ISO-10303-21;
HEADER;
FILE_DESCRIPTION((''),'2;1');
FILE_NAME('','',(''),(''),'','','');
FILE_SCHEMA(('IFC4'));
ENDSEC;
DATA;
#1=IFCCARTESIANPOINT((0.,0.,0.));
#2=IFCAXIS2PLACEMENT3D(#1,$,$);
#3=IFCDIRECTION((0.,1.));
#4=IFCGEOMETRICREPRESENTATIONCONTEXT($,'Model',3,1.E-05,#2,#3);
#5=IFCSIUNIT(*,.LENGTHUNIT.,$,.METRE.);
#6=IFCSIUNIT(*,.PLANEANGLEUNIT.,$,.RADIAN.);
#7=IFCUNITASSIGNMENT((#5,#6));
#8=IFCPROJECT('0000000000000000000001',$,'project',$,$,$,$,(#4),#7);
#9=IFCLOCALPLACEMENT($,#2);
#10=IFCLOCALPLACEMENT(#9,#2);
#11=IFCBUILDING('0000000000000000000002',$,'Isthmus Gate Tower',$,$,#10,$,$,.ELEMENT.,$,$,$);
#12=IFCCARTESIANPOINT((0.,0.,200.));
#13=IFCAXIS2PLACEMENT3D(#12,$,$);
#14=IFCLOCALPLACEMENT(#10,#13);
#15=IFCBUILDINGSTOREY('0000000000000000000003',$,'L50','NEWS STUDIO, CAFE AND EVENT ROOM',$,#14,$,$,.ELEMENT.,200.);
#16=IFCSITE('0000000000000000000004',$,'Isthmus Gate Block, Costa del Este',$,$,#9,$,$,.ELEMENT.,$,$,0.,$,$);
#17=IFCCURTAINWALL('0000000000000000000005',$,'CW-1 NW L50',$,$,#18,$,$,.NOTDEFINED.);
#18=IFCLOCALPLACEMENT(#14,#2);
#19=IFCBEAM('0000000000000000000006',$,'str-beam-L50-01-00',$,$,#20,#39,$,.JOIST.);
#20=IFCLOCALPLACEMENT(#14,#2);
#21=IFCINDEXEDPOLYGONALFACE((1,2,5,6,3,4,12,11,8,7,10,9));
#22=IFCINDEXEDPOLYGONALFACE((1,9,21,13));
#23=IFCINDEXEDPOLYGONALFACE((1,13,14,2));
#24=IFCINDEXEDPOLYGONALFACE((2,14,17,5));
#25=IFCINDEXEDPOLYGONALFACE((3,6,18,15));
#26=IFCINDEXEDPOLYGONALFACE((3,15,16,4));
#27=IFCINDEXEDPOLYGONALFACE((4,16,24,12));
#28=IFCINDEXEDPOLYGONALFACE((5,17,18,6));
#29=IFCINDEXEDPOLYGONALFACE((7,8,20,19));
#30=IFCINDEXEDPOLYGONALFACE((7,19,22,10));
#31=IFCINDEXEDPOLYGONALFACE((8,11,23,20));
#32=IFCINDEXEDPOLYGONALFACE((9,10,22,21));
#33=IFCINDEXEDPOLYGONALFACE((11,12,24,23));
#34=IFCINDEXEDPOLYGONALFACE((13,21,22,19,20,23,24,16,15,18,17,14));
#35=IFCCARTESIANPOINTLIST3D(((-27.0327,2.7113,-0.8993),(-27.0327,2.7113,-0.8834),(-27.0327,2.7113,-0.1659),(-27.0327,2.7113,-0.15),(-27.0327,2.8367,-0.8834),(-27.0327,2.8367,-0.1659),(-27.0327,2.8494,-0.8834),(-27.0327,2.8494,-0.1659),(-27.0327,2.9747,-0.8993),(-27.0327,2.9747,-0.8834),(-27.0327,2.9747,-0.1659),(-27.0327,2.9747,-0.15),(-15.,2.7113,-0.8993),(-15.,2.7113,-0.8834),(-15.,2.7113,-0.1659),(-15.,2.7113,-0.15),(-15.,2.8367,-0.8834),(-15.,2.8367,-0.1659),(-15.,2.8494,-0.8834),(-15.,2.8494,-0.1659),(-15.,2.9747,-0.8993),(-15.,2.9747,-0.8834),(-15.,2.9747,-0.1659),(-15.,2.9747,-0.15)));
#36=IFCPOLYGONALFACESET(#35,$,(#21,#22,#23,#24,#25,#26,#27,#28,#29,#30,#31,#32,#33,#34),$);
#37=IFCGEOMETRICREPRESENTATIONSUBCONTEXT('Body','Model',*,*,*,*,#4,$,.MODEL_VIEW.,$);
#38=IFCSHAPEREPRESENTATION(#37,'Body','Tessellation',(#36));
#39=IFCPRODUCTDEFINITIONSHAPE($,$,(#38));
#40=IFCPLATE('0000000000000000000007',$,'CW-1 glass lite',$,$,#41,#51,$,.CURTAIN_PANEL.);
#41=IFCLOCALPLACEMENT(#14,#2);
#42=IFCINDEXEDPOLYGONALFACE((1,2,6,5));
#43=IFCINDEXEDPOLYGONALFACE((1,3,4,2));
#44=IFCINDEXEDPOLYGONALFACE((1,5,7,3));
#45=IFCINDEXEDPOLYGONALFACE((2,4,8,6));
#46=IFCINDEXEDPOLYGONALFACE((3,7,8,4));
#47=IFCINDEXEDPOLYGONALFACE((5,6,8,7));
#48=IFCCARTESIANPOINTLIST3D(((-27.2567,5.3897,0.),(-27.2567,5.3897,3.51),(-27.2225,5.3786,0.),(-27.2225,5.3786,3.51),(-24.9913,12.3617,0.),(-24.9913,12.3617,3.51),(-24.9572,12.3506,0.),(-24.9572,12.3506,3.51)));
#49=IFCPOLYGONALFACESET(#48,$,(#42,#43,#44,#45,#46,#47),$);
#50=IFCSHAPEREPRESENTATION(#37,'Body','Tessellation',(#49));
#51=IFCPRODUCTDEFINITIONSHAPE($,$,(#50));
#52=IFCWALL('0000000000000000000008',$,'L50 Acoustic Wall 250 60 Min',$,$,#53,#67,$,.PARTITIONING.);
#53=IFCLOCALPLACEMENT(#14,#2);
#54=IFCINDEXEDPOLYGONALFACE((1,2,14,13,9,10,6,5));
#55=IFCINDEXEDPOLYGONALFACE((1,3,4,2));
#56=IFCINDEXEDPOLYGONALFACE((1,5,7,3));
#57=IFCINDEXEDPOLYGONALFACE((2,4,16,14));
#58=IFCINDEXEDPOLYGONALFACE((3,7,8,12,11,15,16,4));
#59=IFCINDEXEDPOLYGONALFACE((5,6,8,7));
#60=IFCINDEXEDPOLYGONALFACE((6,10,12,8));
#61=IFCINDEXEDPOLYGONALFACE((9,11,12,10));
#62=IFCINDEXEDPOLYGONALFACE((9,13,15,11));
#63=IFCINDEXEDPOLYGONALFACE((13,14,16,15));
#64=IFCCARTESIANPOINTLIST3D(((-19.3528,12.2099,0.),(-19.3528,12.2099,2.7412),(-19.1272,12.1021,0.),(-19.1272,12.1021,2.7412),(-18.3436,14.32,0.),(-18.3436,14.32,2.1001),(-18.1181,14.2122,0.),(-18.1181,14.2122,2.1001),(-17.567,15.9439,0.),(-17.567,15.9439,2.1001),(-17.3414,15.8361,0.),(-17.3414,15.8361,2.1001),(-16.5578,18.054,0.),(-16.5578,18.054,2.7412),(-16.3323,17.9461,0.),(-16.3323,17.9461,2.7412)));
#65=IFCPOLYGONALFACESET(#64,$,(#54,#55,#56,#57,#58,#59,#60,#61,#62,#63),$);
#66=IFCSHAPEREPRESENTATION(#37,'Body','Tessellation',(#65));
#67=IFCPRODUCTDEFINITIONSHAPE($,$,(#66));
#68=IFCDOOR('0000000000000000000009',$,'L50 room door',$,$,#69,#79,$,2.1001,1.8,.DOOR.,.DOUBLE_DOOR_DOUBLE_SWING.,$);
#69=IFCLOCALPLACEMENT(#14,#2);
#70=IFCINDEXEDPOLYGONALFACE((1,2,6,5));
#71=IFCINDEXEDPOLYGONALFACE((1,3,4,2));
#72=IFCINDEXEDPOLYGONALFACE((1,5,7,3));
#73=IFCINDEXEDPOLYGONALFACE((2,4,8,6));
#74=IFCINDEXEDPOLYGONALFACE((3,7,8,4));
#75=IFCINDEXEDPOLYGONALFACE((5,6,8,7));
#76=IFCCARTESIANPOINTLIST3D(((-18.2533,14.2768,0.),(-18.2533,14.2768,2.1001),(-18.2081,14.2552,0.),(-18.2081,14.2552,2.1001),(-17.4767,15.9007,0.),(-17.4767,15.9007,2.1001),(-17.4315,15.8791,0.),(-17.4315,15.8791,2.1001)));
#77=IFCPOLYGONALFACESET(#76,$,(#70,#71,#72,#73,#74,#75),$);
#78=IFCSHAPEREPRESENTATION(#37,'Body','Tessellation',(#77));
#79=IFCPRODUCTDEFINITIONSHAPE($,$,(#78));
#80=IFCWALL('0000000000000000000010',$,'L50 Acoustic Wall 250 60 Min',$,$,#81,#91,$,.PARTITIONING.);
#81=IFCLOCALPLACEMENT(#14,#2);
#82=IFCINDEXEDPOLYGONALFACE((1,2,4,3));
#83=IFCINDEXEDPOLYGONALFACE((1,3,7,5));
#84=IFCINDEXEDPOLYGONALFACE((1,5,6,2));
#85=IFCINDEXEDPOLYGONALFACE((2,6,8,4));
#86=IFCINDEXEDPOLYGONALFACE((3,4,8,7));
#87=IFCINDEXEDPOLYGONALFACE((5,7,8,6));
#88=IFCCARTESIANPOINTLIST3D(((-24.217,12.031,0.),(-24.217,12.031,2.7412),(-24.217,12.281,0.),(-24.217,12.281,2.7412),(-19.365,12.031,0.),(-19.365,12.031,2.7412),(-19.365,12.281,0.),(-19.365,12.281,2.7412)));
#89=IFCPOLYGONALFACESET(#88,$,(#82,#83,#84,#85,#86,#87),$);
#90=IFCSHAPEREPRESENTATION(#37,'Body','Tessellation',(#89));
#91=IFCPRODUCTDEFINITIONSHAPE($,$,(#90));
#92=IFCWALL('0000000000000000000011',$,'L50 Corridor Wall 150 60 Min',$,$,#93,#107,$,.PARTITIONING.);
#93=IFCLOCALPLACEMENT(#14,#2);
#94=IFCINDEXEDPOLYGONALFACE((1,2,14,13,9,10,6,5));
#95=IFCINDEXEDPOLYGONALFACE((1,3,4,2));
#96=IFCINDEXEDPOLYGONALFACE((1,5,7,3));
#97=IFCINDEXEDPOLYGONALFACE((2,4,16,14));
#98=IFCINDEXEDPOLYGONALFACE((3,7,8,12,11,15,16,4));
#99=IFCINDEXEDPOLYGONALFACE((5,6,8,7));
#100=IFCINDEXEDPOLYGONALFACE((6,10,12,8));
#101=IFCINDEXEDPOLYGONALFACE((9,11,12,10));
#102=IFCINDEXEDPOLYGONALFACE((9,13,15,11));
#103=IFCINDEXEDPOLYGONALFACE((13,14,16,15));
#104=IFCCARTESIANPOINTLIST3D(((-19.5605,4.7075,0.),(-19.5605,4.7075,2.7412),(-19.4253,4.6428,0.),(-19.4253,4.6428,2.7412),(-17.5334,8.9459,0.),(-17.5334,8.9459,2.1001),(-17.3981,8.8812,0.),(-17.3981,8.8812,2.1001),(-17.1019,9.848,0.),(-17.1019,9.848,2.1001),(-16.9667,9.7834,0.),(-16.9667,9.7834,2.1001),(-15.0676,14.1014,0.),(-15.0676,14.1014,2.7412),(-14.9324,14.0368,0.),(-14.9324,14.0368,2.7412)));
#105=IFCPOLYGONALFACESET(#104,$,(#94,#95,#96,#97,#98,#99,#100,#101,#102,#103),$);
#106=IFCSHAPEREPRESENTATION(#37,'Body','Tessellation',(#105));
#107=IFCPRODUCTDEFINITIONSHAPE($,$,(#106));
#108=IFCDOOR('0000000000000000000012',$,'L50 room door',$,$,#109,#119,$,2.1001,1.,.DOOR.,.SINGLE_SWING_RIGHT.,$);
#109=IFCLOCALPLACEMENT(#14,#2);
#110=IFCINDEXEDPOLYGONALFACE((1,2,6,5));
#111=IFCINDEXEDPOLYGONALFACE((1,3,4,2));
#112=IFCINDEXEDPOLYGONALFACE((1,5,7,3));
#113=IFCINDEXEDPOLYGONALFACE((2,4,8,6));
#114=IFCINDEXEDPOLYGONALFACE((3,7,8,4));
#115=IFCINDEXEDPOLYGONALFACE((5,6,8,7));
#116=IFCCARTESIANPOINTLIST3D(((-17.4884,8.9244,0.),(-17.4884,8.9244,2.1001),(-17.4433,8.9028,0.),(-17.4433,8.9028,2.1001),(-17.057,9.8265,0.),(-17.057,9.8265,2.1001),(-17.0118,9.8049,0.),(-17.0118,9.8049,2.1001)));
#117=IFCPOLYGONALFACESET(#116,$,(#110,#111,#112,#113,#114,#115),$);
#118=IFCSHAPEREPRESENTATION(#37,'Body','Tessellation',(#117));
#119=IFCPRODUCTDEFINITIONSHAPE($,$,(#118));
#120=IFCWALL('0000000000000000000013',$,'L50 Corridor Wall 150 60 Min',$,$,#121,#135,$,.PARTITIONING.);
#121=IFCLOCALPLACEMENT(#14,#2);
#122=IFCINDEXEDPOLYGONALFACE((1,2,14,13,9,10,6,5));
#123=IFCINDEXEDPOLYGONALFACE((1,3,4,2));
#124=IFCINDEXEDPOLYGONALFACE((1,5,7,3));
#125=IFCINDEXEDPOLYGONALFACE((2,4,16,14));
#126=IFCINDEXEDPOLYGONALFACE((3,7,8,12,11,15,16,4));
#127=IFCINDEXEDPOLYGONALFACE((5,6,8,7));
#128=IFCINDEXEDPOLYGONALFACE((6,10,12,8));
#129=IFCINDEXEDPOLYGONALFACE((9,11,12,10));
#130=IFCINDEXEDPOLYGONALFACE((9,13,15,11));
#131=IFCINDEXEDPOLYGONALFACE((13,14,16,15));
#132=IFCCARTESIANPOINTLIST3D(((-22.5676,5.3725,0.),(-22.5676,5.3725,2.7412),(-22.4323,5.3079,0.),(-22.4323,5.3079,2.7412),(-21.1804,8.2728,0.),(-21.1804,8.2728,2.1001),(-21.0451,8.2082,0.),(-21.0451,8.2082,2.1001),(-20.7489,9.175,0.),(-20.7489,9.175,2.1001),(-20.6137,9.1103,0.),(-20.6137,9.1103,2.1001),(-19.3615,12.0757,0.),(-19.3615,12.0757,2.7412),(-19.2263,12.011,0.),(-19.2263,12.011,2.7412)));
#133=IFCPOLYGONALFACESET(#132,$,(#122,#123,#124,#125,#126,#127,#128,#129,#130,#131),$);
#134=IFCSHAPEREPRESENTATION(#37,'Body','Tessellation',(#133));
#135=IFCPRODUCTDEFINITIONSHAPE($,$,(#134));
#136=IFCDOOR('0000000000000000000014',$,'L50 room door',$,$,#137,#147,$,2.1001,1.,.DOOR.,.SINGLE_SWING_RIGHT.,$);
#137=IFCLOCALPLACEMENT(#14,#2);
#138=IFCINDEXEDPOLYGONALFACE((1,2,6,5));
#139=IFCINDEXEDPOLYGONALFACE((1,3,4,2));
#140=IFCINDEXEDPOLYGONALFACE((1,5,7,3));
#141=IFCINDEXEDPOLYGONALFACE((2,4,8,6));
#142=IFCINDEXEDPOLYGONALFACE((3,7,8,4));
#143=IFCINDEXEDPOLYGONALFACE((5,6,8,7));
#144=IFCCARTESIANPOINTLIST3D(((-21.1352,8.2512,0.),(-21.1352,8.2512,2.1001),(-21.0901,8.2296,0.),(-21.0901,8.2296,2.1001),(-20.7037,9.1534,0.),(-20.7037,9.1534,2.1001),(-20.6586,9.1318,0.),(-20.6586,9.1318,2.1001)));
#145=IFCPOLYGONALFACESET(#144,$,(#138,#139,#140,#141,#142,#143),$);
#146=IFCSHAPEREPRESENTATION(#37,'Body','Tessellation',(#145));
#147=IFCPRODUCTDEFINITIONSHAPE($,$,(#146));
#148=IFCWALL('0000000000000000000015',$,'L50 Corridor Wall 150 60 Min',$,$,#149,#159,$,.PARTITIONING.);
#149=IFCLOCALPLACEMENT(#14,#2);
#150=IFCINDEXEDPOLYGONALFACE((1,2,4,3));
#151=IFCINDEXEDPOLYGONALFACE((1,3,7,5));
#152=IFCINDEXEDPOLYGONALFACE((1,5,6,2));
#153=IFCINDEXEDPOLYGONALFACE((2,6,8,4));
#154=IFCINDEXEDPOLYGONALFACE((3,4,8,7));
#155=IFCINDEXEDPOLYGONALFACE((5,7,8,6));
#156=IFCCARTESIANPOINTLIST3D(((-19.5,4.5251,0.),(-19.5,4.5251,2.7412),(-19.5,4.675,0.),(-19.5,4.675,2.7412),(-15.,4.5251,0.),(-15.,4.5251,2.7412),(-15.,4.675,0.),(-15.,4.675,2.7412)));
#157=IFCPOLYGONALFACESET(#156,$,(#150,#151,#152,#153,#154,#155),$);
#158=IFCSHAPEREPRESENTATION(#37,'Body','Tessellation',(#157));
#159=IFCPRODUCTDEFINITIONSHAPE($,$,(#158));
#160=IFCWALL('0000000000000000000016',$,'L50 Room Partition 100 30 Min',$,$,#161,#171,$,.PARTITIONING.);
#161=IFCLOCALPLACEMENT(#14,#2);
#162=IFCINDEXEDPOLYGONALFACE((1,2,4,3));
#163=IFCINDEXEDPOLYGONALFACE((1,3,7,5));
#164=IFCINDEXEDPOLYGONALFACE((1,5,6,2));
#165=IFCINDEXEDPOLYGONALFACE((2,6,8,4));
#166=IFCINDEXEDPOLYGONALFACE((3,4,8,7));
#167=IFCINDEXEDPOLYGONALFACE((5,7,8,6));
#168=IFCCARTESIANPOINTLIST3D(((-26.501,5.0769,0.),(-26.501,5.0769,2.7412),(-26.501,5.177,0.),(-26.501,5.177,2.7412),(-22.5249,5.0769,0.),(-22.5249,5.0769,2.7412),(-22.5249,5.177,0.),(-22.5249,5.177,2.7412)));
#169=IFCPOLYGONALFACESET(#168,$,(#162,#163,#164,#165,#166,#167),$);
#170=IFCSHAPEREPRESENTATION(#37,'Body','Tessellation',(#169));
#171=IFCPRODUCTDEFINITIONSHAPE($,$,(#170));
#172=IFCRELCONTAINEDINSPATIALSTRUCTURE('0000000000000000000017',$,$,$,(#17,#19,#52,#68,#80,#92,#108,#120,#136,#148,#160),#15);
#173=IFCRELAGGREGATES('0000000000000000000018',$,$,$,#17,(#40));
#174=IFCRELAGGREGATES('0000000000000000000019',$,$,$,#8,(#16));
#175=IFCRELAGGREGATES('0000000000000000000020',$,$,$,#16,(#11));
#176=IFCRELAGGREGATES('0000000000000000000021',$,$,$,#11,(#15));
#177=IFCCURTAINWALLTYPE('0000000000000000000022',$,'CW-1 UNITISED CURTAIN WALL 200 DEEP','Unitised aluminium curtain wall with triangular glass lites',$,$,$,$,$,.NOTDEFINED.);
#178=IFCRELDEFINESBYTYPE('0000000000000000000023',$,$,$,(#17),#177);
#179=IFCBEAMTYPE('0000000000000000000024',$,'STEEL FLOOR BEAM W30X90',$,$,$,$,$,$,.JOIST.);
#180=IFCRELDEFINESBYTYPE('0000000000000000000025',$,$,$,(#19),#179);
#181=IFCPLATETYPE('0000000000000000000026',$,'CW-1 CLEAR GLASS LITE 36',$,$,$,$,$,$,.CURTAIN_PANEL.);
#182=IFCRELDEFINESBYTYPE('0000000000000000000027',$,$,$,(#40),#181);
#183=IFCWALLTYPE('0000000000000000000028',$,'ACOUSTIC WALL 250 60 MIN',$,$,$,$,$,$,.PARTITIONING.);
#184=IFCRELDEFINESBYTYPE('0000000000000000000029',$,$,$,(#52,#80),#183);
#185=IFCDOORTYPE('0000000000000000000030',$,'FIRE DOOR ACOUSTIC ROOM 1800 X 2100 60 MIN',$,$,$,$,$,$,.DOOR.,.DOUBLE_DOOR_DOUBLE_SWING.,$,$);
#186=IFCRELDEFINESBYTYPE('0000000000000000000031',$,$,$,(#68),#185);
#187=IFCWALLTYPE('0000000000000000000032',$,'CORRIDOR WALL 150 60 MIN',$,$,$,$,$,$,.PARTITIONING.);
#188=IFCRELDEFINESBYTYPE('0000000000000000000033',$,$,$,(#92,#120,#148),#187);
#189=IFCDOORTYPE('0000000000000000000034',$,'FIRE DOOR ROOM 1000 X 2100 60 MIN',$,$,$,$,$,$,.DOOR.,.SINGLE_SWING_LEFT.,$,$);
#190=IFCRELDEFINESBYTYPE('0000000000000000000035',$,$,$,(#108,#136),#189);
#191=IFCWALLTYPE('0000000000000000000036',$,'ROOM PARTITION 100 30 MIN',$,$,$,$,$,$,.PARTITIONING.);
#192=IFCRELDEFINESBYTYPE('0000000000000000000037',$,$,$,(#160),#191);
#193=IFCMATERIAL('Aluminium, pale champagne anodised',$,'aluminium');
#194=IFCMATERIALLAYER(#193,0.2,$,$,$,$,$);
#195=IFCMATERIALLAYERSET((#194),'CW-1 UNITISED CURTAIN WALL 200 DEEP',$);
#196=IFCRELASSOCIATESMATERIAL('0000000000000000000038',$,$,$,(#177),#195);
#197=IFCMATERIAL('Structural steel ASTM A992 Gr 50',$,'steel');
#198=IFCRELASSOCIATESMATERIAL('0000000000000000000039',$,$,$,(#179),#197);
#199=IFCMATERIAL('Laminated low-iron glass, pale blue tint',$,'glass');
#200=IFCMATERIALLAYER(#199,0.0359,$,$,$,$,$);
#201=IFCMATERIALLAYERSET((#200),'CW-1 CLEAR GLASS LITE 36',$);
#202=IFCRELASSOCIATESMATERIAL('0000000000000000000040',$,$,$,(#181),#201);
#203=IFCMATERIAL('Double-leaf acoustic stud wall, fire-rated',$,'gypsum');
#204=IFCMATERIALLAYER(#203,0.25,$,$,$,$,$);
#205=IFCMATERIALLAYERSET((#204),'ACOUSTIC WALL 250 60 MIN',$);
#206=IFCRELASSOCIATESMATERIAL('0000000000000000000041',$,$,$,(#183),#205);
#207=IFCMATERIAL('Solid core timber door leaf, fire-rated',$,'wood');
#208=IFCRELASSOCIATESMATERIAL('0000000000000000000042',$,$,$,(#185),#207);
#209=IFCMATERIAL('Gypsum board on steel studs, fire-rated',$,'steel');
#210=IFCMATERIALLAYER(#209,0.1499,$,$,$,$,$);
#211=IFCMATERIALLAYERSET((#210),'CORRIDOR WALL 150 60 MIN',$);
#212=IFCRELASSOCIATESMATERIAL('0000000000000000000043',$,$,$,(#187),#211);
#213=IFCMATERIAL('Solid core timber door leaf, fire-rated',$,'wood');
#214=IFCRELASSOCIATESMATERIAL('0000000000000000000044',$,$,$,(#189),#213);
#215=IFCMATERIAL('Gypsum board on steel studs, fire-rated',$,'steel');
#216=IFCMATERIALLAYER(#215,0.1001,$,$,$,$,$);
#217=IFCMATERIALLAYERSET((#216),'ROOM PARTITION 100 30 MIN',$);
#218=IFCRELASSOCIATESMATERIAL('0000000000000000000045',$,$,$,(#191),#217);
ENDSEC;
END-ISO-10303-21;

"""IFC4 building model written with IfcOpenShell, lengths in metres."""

from ifc_helpers import new_model, si_unit, direction, frame, frame_2d, origin, origin_2d, place, context, subcontext, project, spatial, rectangle, i_section, extrude, material, layer, layer_set, material_profile, profile_set, type_object, element, fill, aggregate, save


model = new_model("IFC4")

# Units and contexts
model_context = context("Model", 3, precision=1e-05, world=origin(), true_north=direction((0.0, 1.0)))
body_context = subcontext(model_context, "Body", "Model", "MODEL_VIEW")
ifc_project = project(units=[si_unit("LENGTHUNIT", "METRE"), si_unit("PLANEANGLEUNIT", "RADIAN")], contexts=[model_context])

# Site, building, storey
site_placement = place(None, origin())
site = spatial("IfcSite", under=ifc_project, at=site_placement, Name="Isthmus Gate Block, Costa del Este", CompositionType="ELEMENT", RefElevation=0.0)
building_placement = place(site_placement, origin())
building = spatial("IfcBuilding", under=site, at=building_placement, Name="Isthmus Gate Tower", CompositionType="ELEMENT")
storey_placement = place(building_placement, frame((0.0, 0.0, 200.0)))
storey = spatial("IfcBuildingStorey", under=building, at=storey_placement, Name="L50", Description="NEWS STUDIO, CAFE AND EVENT ROOM", CompositionType="ELEMENT", Elevation=200.0)

# Curtain wall
ifc_material_1 = material(Name="Aluminium, pale champagne anodised", Category="aluminium")
ifc_layer_1 = layer(ifc_material_1, 0.2)
ifc_layer_set_1 = layer_set([ifc_layer_1], Name="CW-1 UNITISED CURTAIN WALL 200 DEEP")
curtain_wall_type = type_object("IfcCurtainWallType", Name="CW-1 UNITISED CURTAIN WALL 200 DEEP", Description="Unitised aluminium curtain wall with triangular glass lites", PredefinedType="NOTDEFINED", material=ifc_layer_set_1)
curtain_wall_placement = place(storey_placement, origin())
curtain_wall = element("IfcCurtainWall", 1, at=curtain_wall_placement, inside=storey, type_object=curtain_wall_type, Name="CW-1 NW L50", PredefinedType="NOTDEFINED")

# Beam
ifc_material_2 = material(Name="Structural steel ASTM A992 Gr 50", Category="steel")
ifc_material_profile_1 = material_profile(ifc_material_2, i_section(OverallWidth=0.2634, OverallDepth=0.7493, WebThickness=0.0127, FlangeThickness=0.0159, at=origin_2d()), Name="W30X90")
ifc_profile_set_1 = profile_set([ifc_material_profile_1], Name="Structural steel ASTM A992 Gr 50")
beam_type_1 = type_object("IfcBeamType", Name="STEEL FLOOR BEAM W30X90", PredefinedType="JOIST", material=ifc_profile_set_1)
beam_1_placement = place(storey_placement, frame((-27.0327, 2.843, -0.5247), z_axis=(1.0, 0.0, 0.0), x_axis=(0.0, 1.0, 0.0)))
element("IfcBeam", 2, at=beam_1_placement, inside=storey, type_object=beam_type_1, Name="str-beam-L50-01-00", PredefinedType="JOIST", context=body_context, shape_type="SweptSolid", body=[
    extrude(i_section(OverallWidth=0.2634, OverallDepth=0.7493, WebThickness=0.0127, FlangeThickness=0.0159, at=origin_2d()), origin(), (0.0, 0.0, 1.0), 12.0327),
])

# Plate
ifc_material_3 = material(Name="Laminated low-iron glass, pale blue tint", Category="glass")
ifc_layer_2 = layer(ifc_material_3, 0.0359)
ifc_layer_set_2 = layer_set([ifc_layer_2], Name="CW-1 CLEAR GLASS LITE 36")
plate_type = type_object("IfcPlateType", Name="CW-1 CLEAR GLASS LITE 36", PredefinedType="CURTAIN_PANEL", material=ifc_layer_set_2)
plate_placement = place(storey_placement, frame((-26.1069, 8.8701, 0.0), z_axis=(0.0, 0.0, 1.0), x_axis=(-0.309017, -0.951057, 0.0)))
plate = element("IfcPlate", 3, at=plate_placement, type_object=plate_type, Name="CW-1 glass lite", PredefinedType="CURTAIN_PANEL", context=body_context, shape_type="SweptSolid", body=[
    extrude(rectangle(XDim=7.3308, YDim=0.0359, at=origin_2d()), origin(), (0.0, 0.0, 1.0), 3.51),
])
aggregate(curtain_wall, [plate])

# Wall, opening, door
ifc_material_4 = material(Name="Double-leaf acoustic stud wall, fire-rated", Category="gypsum")
ifc_layer_3 = layer(ifc_material_4, 0.25)
ifc_layer_set_3 = layer_set([ifc_layer_3], Name="ACOUSTIC WALL 250 60 MIN")
wall_type_1 = type_object("IfcWallType", Name="ACOUSTIC WALL 250 60 MIN", PredefinedType="PARTITIONING", material=ifc_layer_set_3)
wall_1_placement = place(storey_placement, frame((-19.24, 12.156, 0.0), z_axis=(0.0, 0.0, 1.0), x_axis=(0.431451, 0.902136, 0.0)))
wall_1 = element("IfcWall", 4, at=wall_1_placement, inside=storey, type_object=wall_type_1, Name="L50 Acoustic Wall 250 60 Min", PredefinedType="PARTITIONING", context=body_context, shape_type="SweptSolid", body=[
    extrude(rectangle(XDim=6.478, YDim=0.25, at=frame_2d((3.239, 0.0))), origin(), (0.0, 0.0, 1.0), 2.7412),
])
opening_1_placement = place(wall_1_placement, frame((2.3391, 0.0, 0.0)))
opening_1 = element("IfcOpeningElement", 5, at=opening_1_placement, cuts=wall_1, PredefinedType="OPENING", context=body_context, shape_type="SweptSolid", body=[
    extrude(rectangle(XDim=1.8, YDim=2.1001, at=frame_2d((0.8999, 1.05))), frame((0.0, 0.135, 0.0), z_axis=(0.0, -1.0, 0.0), x_axis=(1.0, 0.0, 0.0)), (0.0, 0.0, 1.0), 0.27),
])
ifc_material_5 = material(Name="Solid core timber door leaf, fire-rated", Category="wood")
door_type_1 = type_object("IfcDoorType", Name="FIRE DOOR ACOUSTIC ROOM 1800 X 2100 60 MIN", OperationType="DOUBLE_DOOR_DOUBLE_SWING", PredefinedType="DOOR", material=ifc_material_5)
door_1_placement = place(opening_1_placement, origin())
door_1 = element("IfcDoor", 6, at=door_1_placement, inside=storey, type_object=door_type_1, Name="L50 room door", OperationType="DOUBLE_DOOR_DOUBLE_SWING", OverallHeight=2.1001, OverallWidth=1.8, PredefinedType="DOOR", context=body_context, shape_type="SweptSolid", body=[
    extrude(rectangle(XDim=1.8, YDim=2.1001, at=frame_2d((0.8999, 1.05))), frame((0.0, 0.0249, 0.0), z_axis=(0.0, -1.0, 0.0), x_axis=(1.0, 0.0, 0.0)), (0.0, 0.0, 1.0), 0.05),
])
fill(opening_1, door_1)

# Wall
wall_2_placement = place(storey_placement, frame((-24.217, 12.156, 0.0), z_axis=(0.0, 0.0, 1.0), x_axis=(1.0, 0.0, 0.0)))
element("IfcWall", 7, at=wall_2_placement, inside=storey, type_object=wall_type_1, Name="L50 Acoustic Wall 250 60 Min", PredefinedType="PARTITIONING", context=body_context, shape_type="SweptSolid", body=[
    extrude(rectangle(XDim=4.8521, YDim=0.25, at=frame_2d((2.426, 0.0))), origin(), (0.0, 0.0, 1.0), 2.7412),
])

# Walls, openings, doors
ifc_material_6 = material(Name="Gypsum board on steel studs, fire-rated", Category="steel")
ifc_layer_4 = layer(ifc_material_6, 0.1499)
ifc_layer_set_4 = layer_set([ifc_layer_4], Name="CORRIDOR WALL 150 60 MIN")
wall_type_2 = type_object("IfcWallType", Name="CORRIDOR WALL 150 60 MIN", PredefinedType="PARTITIONING", material=ifc_layer_set_4)
wall_3_placement = place(storey_placement, frame((-15.0, 14.0691, 0.0), z_axis=(0.0, 0.0, 1.0), x_axis=(-0.431465, -0.90213, 0.0)))
wall_3 = element("IfcWall", 8, at=wall_3_placement, inside=storey, type_object=wall_type_2, Name="L50 Corridor Wall 150 60 Min", PredefinedType="PARTITIONING", context=body_context, shape_type="SweptSolid", body=[
    extrude(rectangle(XDim=10.4131, YDim=0.1499, at=frame_2d((5.2065, 0.0))), origin(), (0.0, 0.0, 1.0), 2.7412),
])
opening_2_placement = place(wall_3_placement, frame((4.7148, 0.0, 0.0)))
opening_2 = element("IfcOpeningElement", 9, at=opening_2_placement, cuts=wall_3, PredefinedType="OPENING", context=body_context, shape_type="SweptSolid", body=[
    extrude(rectangle(XDim=1.0, YDim=2.1001, at=frame_2d((0.5, 1.05))), frame((0.0, 0.085, 0.0), z_axis=(0.0, -1.0, 0.0), x_axis=(1.0, 0.0, 0.0)), (0.0, 0.0, 1.0), 0.1699),
])
ifc_material_7 = material(Name="Solid core timber door leaf, fire-rated", Category="wood")
door_type_2 = type_object("IfcDoorType", Name="FIRE DOOR ROOM 1000 X 2100 60 MIN", OperationType="SINGLE_SWING_LEFT", PredefinedType="DOOR", material=ifc_material_7)
door_2_placement = place(opening_2_placement, origin())
door_2 = element("IfcDoor", 10, at=door_2_placement, inside=storey, type_object=door_type_2, Name="L50 room door", OperationType="SINGLE_SWING_RIGHT", OverallHeight=2.1001, OverallWidth=1.0, PredefinedType="DOOR", context=body_context, shape_type="SweptSolid", body=[
    extrude(rectangle(XDim=1.0, YDim=2.1001, at=frame_2d((0.5, 1.05))), frame((0.0, 0.0249, 0.0), z_axis=(0.0, -1.0, 0.0), x_axis=(1.0, 0.0, 0.0)), (0.0, 0.0, 1.0), 0.05),
])
fill(opening_2, door_2)
wall_4_placement = place(storey_placement, frame((-22.5, 5.3401, 0.0), z_axis=(0.0, 0.0, 1.0), x_axis=(0.431479, 0.902123, 0.0)))
wall_4 = element("IfcWall", 11, at=wall_4_placement, inside=storey, type_object=wall_type_2, Name="L50 Corridor Wall 150 60 Min", PredefinedType="PARTITIONING", context=body_context, shape_type="SweptSolid", body=[
    extrude(rectangle(XDim=7.4304, YDim=0.1499, at=frame_2d((3.7153, 0.0))), origin(), (0.0, 0.0, 1.0), 2.7412),
])
opening_3_placement = place(wall_4_placement, frame((3.2151, 0.0, 0.0)))
opening_3 = element("IfcOpeningElement", 12, at=opening_3_placement, cuts=wall_4, PredefinedType="OPENING", context=body_context, shape_type="SweptSolid", body=[
    extrude(rectangle(XDim=1.0, YDim=2.1001, at=frame_2d((0.5, 1.05))), frame((0.0, 0.085, 0.0), z_axis=(0.0, -1.0, 0.0), x_axis=(1.0, 0.0, 0.0)), (0.0, 0.0, 1.0), 0.1699),
])
door_3_placement = place(opening_3_placement, origin())
door_3 = element("IfcDoor", 13, at=door_3_placement, inside=storey, type_object=door_type_2, Name="L50 room door", OperationType="SINGLE_SWING_RIGHT", OverallHeight=2.1001, OverallWidth=1.0, PredefinedType="DOOR", context=body_context, shape_type="SweptSolid", body=[
    extrude(rectangle(XDim=1.0, YDim=2.1001, at=frame_2d((0.5, 1.05))), frame((0.0, 0.0249, 0.0), z_axis=(0.0, -1.0, 0.0), x_axis=(1.0, 0.0, 0.0)), (0.0, 0.0, 1.0), 0.05),
])
fill(opening_3, door_3)

# Walls
wall_5_placement = place(storey_placement, frame((-19.5, 4.6001, 0.0), z_axis=(0.0, 0.0, 1.0), x_axis=(1.0, 0.0, 0.0)))
element("IfcWall", 14, at=wall_5_placement, inside=storey, type_object=wall_type_2, Name="L50 Corridor Wall 150 60 Min", PredefinedType="PARTITIONING", context=body_context, shape_type="SweptSolid", body=[
    extrude(rectangle(XDim=4.5, YDim=0.1499, at=frame_2d((2.25, 0.0))), origin(), (0.0, 0.0, 1.0), 2.7412),
])
ifc_material_8 = material(Name="Gypsum board on steel studs, fire-rated", Category="steel")
ifc_layer_5 = layer(ifc_material_8, 0.1001)
ifc_layer_set_5 = layer_set([ifc_layer_5], Name="ROOM PARTITION 100 30 MIN")
wall_type_3 = type_object("IfcWallType", Name="ROOM PARTITION 100 30 MIN", PredefinedType="PARTITIONING", material=ifc_layer_set_5)
wall_6_placement = place(storey_placement, frame((-26.501, 5.127, 0.0), z_axis=(0.0, 0.0, 1.0), x_axis=(1.0, 0.0, 0.0)))
element("IfcWall", 15, at=wall_6_placement, inside=storey, type_object=wall_type_3, Name="L50 Room Partition 100 30 Min", PredefinedType="PARTITIONING", context=body_context, shape_type="SweptSolid", body=[
    extrude(rectangle(XDim=3.9761, YDim=0.1001, at=frame_2d((1.988, 0.0))), origin(), (0.0, 0.0, 1.0), 2.7412),
])

save(model, "model.ifc")
